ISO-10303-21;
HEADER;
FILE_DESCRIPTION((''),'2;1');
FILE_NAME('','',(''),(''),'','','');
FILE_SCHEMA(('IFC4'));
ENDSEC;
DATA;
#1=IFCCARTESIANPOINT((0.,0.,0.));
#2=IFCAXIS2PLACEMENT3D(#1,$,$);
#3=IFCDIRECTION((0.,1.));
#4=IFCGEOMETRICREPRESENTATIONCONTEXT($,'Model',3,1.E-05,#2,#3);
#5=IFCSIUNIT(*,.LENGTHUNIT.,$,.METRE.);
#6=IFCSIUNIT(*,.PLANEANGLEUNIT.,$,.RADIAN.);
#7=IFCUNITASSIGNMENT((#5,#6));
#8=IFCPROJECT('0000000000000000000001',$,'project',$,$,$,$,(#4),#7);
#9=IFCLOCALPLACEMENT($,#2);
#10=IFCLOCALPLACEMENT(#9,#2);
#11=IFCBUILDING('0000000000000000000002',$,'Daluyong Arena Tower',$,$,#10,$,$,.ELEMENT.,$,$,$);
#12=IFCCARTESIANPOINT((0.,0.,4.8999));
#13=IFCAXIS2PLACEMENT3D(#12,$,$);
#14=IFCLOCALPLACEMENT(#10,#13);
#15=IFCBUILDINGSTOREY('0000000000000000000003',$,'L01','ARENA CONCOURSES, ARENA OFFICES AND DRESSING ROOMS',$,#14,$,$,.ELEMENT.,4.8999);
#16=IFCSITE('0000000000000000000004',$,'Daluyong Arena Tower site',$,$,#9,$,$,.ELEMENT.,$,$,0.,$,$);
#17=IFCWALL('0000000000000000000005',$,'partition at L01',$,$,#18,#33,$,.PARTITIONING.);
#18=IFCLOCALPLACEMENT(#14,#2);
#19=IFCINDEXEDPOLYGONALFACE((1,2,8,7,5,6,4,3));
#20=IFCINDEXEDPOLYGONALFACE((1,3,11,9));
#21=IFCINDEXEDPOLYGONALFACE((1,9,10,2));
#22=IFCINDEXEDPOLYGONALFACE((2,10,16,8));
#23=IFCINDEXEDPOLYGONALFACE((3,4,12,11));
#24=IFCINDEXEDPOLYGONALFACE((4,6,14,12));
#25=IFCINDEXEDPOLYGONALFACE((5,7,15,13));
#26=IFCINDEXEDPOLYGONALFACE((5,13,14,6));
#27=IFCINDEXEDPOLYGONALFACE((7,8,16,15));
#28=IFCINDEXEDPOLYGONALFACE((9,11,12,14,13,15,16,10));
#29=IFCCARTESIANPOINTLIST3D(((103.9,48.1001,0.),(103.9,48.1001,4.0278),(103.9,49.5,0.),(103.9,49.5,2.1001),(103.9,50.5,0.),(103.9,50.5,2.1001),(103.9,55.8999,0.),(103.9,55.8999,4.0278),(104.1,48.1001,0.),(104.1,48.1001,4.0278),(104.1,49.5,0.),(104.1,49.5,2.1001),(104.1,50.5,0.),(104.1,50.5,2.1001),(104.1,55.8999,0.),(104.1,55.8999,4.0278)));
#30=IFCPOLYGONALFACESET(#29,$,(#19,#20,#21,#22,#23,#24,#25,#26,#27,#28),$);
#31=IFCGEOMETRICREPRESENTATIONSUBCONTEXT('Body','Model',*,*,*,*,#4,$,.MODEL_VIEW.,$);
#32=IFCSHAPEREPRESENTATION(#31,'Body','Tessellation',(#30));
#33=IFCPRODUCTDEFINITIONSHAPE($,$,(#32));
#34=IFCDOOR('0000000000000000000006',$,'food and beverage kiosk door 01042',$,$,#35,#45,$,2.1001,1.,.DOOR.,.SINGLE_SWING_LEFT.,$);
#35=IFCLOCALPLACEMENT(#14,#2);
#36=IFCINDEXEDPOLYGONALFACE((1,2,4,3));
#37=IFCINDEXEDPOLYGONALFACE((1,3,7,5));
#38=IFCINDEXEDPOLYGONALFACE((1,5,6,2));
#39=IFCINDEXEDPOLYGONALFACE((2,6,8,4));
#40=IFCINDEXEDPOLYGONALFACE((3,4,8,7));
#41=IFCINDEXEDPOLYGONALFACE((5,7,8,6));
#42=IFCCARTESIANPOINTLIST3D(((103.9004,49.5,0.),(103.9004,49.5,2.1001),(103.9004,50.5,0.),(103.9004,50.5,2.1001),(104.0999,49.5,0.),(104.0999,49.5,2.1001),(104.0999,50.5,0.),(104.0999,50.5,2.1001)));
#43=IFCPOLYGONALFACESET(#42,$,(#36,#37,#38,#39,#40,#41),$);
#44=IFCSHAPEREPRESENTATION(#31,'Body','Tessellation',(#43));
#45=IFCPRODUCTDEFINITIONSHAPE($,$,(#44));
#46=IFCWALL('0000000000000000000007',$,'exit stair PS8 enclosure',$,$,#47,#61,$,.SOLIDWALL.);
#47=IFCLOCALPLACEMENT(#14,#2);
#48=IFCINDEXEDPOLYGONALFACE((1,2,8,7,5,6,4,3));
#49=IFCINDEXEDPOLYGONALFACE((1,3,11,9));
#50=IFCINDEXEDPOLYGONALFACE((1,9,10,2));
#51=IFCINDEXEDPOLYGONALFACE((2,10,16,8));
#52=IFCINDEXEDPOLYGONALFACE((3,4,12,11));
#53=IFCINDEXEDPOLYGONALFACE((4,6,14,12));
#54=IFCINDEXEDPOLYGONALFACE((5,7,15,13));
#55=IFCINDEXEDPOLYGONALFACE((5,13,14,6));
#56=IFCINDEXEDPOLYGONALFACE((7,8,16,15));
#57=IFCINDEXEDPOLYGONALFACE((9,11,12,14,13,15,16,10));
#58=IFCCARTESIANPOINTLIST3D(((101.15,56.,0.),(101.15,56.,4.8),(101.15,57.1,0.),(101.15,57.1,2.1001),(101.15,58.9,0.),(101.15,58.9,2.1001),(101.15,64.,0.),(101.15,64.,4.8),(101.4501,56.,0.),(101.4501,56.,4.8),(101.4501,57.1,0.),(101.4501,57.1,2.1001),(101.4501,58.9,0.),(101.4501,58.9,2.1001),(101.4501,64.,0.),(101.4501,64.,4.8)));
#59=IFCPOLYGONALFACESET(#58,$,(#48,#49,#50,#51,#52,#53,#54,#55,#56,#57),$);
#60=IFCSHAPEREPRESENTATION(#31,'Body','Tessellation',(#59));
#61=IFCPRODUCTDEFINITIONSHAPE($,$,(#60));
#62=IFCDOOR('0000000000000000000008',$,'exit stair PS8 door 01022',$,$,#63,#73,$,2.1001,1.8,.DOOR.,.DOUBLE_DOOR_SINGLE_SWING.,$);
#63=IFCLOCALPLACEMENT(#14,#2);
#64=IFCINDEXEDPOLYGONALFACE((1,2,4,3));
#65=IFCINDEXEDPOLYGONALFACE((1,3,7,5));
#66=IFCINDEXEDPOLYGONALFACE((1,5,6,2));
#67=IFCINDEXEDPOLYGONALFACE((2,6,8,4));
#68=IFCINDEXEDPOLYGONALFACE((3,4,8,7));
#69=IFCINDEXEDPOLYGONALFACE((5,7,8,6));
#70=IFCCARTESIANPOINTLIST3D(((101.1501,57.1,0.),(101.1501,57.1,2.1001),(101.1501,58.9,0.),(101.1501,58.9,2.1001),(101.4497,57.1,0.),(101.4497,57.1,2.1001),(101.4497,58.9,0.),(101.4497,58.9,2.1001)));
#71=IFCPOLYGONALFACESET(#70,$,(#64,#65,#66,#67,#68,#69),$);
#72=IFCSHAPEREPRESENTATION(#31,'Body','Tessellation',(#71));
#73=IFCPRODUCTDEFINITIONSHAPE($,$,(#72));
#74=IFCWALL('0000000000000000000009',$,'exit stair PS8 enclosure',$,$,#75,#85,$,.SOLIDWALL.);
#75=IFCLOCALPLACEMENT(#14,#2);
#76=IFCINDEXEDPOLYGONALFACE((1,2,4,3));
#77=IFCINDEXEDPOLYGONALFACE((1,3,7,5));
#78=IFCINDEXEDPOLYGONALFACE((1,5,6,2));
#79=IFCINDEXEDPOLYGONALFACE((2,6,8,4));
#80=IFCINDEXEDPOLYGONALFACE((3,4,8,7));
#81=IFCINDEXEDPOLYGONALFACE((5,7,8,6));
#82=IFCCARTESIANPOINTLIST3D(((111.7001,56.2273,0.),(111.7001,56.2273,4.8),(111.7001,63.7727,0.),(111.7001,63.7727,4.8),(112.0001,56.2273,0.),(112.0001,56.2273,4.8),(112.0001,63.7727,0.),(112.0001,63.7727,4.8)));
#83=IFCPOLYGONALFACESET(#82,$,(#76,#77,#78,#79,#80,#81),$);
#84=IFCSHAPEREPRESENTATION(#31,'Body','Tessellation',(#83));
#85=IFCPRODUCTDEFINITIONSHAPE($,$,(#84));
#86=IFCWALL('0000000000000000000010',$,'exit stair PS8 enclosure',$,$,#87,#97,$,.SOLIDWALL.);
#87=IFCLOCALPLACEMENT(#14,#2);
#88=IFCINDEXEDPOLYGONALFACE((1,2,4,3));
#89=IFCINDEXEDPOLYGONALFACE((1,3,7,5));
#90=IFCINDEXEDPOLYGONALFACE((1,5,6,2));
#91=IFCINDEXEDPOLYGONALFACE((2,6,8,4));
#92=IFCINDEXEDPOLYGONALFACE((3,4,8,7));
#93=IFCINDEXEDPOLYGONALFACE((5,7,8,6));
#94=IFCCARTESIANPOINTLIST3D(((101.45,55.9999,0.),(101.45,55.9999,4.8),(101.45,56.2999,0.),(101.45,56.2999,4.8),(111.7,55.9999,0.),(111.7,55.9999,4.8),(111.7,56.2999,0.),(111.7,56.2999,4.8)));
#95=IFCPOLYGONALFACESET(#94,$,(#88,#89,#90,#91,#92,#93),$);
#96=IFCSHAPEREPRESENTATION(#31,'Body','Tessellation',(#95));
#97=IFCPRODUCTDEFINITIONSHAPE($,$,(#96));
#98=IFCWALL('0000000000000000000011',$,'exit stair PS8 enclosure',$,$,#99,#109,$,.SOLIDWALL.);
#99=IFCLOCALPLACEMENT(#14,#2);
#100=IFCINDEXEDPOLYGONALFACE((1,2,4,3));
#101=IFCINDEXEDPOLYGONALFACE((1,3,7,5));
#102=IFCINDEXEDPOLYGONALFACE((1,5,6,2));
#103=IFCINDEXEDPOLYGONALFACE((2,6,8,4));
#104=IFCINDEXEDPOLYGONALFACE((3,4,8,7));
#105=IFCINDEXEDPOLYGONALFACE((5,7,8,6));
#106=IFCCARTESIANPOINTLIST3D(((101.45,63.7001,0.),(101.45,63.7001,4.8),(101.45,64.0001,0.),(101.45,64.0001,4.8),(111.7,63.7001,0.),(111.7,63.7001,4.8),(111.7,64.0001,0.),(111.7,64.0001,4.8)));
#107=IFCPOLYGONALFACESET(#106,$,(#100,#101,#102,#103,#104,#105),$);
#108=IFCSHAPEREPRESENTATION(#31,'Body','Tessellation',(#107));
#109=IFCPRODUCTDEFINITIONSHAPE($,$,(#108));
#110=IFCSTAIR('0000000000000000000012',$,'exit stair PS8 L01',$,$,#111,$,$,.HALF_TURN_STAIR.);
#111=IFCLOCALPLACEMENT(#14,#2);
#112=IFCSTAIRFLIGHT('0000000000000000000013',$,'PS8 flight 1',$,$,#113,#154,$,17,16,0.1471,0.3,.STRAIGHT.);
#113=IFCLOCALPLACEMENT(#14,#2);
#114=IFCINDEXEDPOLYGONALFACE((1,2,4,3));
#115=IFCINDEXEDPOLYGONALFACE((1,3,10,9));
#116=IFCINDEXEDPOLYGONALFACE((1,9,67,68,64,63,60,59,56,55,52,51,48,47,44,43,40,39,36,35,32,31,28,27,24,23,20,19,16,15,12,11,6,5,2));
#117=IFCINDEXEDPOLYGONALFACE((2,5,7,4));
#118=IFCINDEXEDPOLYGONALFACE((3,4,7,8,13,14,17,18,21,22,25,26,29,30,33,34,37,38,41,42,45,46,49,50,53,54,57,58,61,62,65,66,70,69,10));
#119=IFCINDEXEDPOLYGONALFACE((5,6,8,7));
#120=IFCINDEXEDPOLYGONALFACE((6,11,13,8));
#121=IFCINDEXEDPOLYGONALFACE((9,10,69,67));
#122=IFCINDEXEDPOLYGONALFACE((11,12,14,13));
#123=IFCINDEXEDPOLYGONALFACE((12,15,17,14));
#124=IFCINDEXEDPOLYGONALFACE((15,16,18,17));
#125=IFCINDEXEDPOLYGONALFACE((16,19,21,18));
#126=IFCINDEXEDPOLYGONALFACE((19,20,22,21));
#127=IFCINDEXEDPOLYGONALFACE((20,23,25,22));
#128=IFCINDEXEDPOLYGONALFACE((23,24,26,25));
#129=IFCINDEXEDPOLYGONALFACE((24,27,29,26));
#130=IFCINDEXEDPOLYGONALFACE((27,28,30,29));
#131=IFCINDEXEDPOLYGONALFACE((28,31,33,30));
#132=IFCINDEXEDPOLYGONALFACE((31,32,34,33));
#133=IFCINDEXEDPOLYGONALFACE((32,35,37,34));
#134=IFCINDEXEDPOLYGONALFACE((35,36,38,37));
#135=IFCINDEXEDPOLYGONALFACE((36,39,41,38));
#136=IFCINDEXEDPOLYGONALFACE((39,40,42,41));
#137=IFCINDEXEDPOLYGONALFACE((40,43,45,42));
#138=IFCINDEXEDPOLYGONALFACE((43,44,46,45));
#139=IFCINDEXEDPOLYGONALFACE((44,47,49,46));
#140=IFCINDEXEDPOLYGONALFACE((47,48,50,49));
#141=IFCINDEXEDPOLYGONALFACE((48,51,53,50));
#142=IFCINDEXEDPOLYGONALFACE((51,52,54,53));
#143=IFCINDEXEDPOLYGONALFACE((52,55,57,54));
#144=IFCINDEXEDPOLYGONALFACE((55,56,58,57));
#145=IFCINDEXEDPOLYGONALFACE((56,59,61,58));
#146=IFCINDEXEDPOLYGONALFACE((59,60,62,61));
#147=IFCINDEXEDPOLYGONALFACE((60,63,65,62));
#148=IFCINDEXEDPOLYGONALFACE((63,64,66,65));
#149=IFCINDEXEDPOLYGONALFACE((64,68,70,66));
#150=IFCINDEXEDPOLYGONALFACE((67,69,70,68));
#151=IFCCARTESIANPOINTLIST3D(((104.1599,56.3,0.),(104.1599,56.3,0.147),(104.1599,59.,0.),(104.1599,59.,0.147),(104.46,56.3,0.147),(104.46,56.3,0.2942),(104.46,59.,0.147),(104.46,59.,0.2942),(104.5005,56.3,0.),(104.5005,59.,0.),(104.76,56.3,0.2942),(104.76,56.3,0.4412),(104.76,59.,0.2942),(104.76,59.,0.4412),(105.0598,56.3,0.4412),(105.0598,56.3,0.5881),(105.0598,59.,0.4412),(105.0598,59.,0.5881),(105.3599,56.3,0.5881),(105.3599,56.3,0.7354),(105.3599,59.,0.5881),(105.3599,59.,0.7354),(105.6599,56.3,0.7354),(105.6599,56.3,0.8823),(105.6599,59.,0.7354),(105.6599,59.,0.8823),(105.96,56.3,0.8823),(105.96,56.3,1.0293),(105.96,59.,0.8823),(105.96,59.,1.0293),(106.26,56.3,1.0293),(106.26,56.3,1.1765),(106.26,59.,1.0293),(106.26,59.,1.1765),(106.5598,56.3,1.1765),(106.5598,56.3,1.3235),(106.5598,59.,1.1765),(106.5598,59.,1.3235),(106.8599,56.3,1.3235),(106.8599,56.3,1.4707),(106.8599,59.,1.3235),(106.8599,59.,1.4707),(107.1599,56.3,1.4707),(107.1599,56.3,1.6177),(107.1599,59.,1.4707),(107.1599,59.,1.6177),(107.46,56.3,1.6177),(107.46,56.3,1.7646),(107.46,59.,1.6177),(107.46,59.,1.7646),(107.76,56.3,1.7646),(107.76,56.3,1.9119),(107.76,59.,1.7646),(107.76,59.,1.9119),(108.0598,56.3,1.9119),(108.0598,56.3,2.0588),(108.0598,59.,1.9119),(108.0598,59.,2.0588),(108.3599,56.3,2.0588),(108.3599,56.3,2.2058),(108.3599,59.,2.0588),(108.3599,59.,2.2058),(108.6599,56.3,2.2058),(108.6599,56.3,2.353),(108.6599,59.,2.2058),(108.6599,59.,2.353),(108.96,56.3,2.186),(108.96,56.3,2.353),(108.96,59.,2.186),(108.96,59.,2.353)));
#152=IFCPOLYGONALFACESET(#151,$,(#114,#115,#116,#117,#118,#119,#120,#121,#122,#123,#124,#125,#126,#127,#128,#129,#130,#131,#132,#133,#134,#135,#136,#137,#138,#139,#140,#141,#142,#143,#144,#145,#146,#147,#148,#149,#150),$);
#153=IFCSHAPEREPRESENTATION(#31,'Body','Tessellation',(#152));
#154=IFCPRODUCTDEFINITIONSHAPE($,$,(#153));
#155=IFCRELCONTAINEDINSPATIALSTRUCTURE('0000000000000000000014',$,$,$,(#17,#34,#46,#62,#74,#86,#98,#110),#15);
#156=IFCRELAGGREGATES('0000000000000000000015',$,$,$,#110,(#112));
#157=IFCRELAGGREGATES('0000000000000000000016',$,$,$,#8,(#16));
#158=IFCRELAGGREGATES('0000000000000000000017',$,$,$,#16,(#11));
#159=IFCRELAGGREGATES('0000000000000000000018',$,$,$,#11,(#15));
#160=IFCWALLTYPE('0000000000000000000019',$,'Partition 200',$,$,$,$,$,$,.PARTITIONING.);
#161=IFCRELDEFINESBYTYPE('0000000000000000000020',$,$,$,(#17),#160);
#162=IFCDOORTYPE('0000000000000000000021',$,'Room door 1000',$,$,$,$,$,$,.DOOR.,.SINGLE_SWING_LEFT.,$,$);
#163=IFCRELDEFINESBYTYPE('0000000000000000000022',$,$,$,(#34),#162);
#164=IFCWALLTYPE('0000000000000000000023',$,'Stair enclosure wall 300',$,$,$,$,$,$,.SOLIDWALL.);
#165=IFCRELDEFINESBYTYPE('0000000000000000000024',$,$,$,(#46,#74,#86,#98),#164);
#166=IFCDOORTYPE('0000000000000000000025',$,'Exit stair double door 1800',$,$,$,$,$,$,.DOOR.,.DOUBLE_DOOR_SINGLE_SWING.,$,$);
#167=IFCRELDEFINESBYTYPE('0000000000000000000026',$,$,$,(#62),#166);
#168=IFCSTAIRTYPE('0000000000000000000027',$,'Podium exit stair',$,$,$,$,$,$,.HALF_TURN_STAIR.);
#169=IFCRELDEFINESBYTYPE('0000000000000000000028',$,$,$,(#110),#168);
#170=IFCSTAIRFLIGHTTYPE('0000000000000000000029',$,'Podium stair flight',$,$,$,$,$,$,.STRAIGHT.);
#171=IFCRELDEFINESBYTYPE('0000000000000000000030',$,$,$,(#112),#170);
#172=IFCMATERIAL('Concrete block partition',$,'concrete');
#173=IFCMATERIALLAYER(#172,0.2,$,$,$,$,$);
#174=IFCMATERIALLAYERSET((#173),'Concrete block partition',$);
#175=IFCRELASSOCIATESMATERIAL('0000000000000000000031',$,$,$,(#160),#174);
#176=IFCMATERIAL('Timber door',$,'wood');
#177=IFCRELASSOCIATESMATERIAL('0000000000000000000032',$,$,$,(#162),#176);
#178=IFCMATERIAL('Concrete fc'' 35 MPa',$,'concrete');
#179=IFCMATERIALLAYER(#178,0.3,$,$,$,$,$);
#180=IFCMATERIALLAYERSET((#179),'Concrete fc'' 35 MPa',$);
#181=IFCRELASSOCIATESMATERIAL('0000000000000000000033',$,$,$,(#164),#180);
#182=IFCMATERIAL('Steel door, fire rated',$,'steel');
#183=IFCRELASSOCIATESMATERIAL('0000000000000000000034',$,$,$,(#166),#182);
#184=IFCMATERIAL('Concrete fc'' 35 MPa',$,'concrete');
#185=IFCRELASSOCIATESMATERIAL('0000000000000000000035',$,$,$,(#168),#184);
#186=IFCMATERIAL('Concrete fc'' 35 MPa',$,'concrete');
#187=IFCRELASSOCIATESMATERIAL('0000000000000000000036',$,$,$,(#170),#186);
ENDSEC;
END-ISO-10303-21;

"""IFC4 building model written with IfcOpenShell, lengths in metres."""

from ifc_helpers import new_model, si_unit, direction, frame, frame_2d, origin, place, context, subcontext, project, spatial, polyline, rectangle, outline, extrude, material, layer, layer_set, type_object, element, fill, aggregate, save


model = new_model("IFC4")

# Units and contexts
model_context = context("Model", 3, precision=1e-05, world=origin(), true_north=direction((0.0, 1.0)))
body_context = subcontext(model_context, "Body", "Model", "MODEL_VIEW")
ifc_project = project(units=[si_unit("LENGTHUNIT", "METRE"), si_unit("PLANEANGLEUNIT", "RADIAN")], contexts=[model_context])

# Site, building, storey
site_placement = place(None, origin())
site = spatial("IfcSite", under=ifc_project, at=site_placement, Name="Daluyong Arena Tower site", CompositionType="ELEMENT", RefElevation=0.0)
building_placement = place(site_placement, origin())
building = spatial("IfcBuilding", under=site, at=building_placement, Name="Daluyong Arena Tower", CompositionType="ELEMENT")
storey_placement = place(building_placement, frame((0.0, 0.0, 4.8999)))
storey = spatial("IfcBuildingStorey", under=building, at=storey_placement, Name="L01", Description="ARENA CONCOURSES, ARENA OFFICES AND DRESSING ROOMS", CompositionType="ELEMENT", Elevation=4.8999)

# Walls, openings, doors
ifc_material_1 = material(Name="Concrete block partition", Category="concrete")
ifc_layer_1 = layer(ifc_material_1, 0.2)
ifc_layer_set_1 = layer_set([ifc_layer_1], Name="Concrete block partition")
wall_type_1 = type_object("IfcWallType", Name="Partition 200", PredefinedType="PARTITIONING", material=ifc_layer_set_1)
wall_1_placement = place(storey_placement, frame((104.0, 48.1001, 0.0), z_axis=(0.0, 0.0, 1.0), x_axis=(0.0, 1.0, 0.0)))
wall_1 = element("IfcWall", 1, at=wall_1_placement, inside=storey, type_object=wall_type_1, Name="partition at L01", PredefinedType="PARTITIONING", context=body_context, shape_type="SweptSolid", body=[
    extrude(rectangle(XDim=7.7998, YDim=0.2, at=frame_2d((3.8999, 0.0))), origin(), (0.0, 0.0, 1.0), 4.0278),
])
opening_1_placement = place(wall_1_placement, frame((1.3999, 0.0, 0.0)))
opening_1 = element("IfcOpeningElement", 2, at=opening_1_placement, cuts=wall_1, PredefinedType="OPENING", context=body_context, shape_type="SweptSolid", body=[
    extrude(rectangle(XDim=1.0, YDim=2.1001, at=frame_2d((0.5, 1.05))), frame((0.0, 0.1099, 0.0), z_axis=(0.0, -1.0, 0.0), x_axis=(1.0, 0.0, 0.0)), (0.0, 0.0, 1.0), 0.22),
])
ifc_material_2 = material(Name="Timber door", Category="wood")
door_type_1 = type_object("IfcDoorType", Name="Room door 1000", OperationType="SINGLE_SWING_LEFT", PredefinedType="DOOR", material=ifc_material_2)
door_1_placement = place(opening_1_placement, origin())
door_1 = element("IfcDoor", 3, at=door_1_placement, inside=storey, type_object=door_type_1, Name="food and beverage kiosk door 01042", OperationType="SINGLE_SWING_LEFT", OverallHeight=2.1001, OverallWidth=1.0, PredefinedType="DOOR", context=body_context, shape_type="SweptSolid", body=[
    extrude(rectangle(XDim=1.0, YDim=2.1001, at=frame_2d((0.5, 1.05))), frame((0.0, 0.0996, 0.0), z_axis=(0.0, -1.0, 0.0), x_axis=(1.0, 0.0, 0.0)), (0.0, 0.0, 1.0), 0.1995),
])
fill(opening_1, door_1)
ifc_material_3 = material(Name="Concrete fc' 35 MPa", Category="concrete")
ifc_layer_2 = layer(ifc_material_3, 0.3)
ifc_layer_set_2 = layer_set([ifc_layer_2], Name="Concrete fc' 35 MPa")
wall_type_2 = type_object("IfcWallType", Name="Stair enclosure wall 300", PredefinedType="SOLIDWALL", material=ifc_layer_set_2)
wall_2_placement = place(storey_placement, frame((101.3, 56.0, 0.0), z_axis=(0.0, 0.0, 1.0), x_axis=(0.0, 1.0, 0.0)))
wall_2 = element("IfcWall", 4, at=wall_2_placement, inside=storey, type_object=wall_type_2, Name="exit stair PS8 enclosure", PredefinedType="SOLIDWALL", context=body_context, shape_type="SweptSolid", body=[
    extrude(rectangle(XDim=8.0, YDim=0.3, at=frame_2d((4.0, 0.0))), origin(), (0.0, 0.0, 1.0), 4.8),
])
opening_2_placement = place(wall_2_placement, frame((1.1001, 0.0, 0.0)))
opening_2 = element("IfcOpeningElement", 5, at=opening_2_placement, cuts=wall_2, PredefinedType="OPENING", context=body_context, shape_type="SweptSolid", body=[
    extrude(rectangle(XDim=1.8, YDim=2.1001, at=frame_2d((0.8999, 1.05))), frame((0.0, 0.1599, 0.0), z_axis=(0.0, -1.0, 0.0), x_axis=(1.0, 0.0, 0.0)), (0.0, 0.0, 1.0), 0.3201),
])
ifc_material_4 = material(Name="Steel door, fire rated", Category="steel")
door_type_2 = type_object("IfcDoorType", Name="Exit stair double door 1800", OperationType="DOUBLE_DOOR_SINGLE_SWING", PredefinedType="DOOR", material=ifc_material_4)
door_2_placement = place(opening_2_placement, origin())
door_2 = element("IfcDoor", 6, at=door_2_placement, inside=storey, type_object=door_type_2, Name="exit stair PS8 door 01022", OperationType="DOUBLE_DOOR_SINGLE_SWING", OverallHeight=2.1001, OverallWidth=1.8, PredefinedType="DOOR", context=body_context, shape_type="SweptSolid", body=[
    extrude(rectangle(XDim=1.8, YDim=2.1001, at=frame_2d((0.8999, 1.05))), frame((0.0, 0.1499, 0.0), z_axis=(0.0, -1.0, 0.0), x_axis=(1.0, 0.0, 0.0)), (0.0, 0.0, 1.0), 0.2996),
])
fill(opening_2, door_2)

# Walls
wall_3_placement = place(storey_placement, frame((111.8501, 56.2273, 0.0), z_axis=(0.0, 0.0, 1.0), x_axis=(0.0, 1.0, 0.0)))
element("IfcWall", 7, at=wall_3_placement, inside=storey, type_object=wall_type_2, Name="exit stair PS8 enclosure", PredefinedType="SOLIDWALL", context=body_context, shape_type="SweptSolid", body=[
    extrude(rectangle(XDim=7.5454, YDim=0.3, at=frame_2d((3.7727, 0.0))), origin(), (0.0, 0.0, 1.0), 4.8),
])
for number, where, z_axis, x_axis, name in (
    (8, (101.45, 56.1499, 0.0), (0.0, 0.0, 1.0), (1.0, 0.0, 0.0), "exit stair PS8 enclosure"),
    (9, (101.45, 63.8501, 0.0), (0.0, 0.0, 1.0), (1.0, 0.0, 0.0), "exit stair PS8 enclosure"),
):
    element("IfcWall", number, at=place(storey_placement, frame(where, z_axis=z_axis, x_axis=x_axis)), inside=storey, type_object=wall_type_2, Name=name, PredefinedType="SOLIDWALL", context=body_context, shape_type="SweptSolid", body=[
        extrude(rectangle(XDim=10.25, YDim=0.3, at=frame_2d((5.125, 0.0))), origin(), (0.0, 0.0, 1.0), 4.8),
    ])

# Stair, stair flight
ifc_material_5 = material(Name="Concrete fc' 35 MPa", Category="concrete")
stair_type = type_object("IfcStairType", Name="Podium exit stair", PredefinedType="HALF_TURN_STAIR", material=ifc_material_5)
stair_placement = place(storey_placement, origin())
stair = element("IfcStair", 10, at=stair_placement, inside=storey, type_object=stair_type, Name="exit stair PS8 L01", PredefinedType="HALF_TURN_STAIR")
ifc_material_6 = material(Name="Concrete fc' 35 MPa", Category="concrete")
stair_flight_type = type_object("IfcStairFlightType", Name="Podium stair flight", PredefinedType="STRAIGHT", material=ifc_material_6)
stair_flight_1_placement = place(storey_placement, frame((104.1599, 57.6499, 0.0), z_axis=(0.0, 0.0, 1.0), x_axis=(1.0, 0.0, 0.0)))
stair_flight_1 = element("IfcStairFlight", 11, at=stair_flight_1_placement, type_object=stair_flight_type, Name="PS8 flight 1", NumberOfRisers=17, NumberOfTreads=16, PredefinedType="STRAIGHT", RiserHeight=0.1471, TreadLength=0.3, context=body_context, shape_type="SweptSolid", body=[
    extrude(outline(polyline([(0.0, 0.0), (0.0, 0.147), (0.3, 0.147), (0.3, 0.2942), (0.6001, 0.2942), (0.6001, 0.4412), (0.8999, 0.4412), (0.8999, 0.5881), (1.2, 0.5881), (1.2, 0.7354), (1.5, 0.7354), (1.5, 0.8823), (1.8, 0.8823), (1.8, 1.0293), (2.1001, 1.0293), (2.1001, 1.1765), (2.3999, 1.1765), (2.3999, 1.3235), (2.7, 1.3235), (2.7, 1.4707), (3.0, 1.4707), (3.0, 1.6177), (3.3, 1.6177), (3.3, 1.7646), (3.6001, 1.7646), (3.6001, 1.9119), (3.8999, 1.9119), (3.8999, 2.0588), (4.2, 2.0588), (4.2, 2.2058), (4.5, 2.2058), (4.5, 2.353), (4.8, 2.353), (4.8, 2.5), (4.8, 2.186), (0.3406, 0.0), (0.0, 0.0)])), frame((0.0, 1.3501, 0.0), z_axis=(0.0, -1.0, 0.0), x_axis=(1.0, 0.0, 0.0)), (0.0, 0.0, 1.0), 2.7),
])
aggregate(stair, [stair_flight_1])

save(model, "model.ifc")
